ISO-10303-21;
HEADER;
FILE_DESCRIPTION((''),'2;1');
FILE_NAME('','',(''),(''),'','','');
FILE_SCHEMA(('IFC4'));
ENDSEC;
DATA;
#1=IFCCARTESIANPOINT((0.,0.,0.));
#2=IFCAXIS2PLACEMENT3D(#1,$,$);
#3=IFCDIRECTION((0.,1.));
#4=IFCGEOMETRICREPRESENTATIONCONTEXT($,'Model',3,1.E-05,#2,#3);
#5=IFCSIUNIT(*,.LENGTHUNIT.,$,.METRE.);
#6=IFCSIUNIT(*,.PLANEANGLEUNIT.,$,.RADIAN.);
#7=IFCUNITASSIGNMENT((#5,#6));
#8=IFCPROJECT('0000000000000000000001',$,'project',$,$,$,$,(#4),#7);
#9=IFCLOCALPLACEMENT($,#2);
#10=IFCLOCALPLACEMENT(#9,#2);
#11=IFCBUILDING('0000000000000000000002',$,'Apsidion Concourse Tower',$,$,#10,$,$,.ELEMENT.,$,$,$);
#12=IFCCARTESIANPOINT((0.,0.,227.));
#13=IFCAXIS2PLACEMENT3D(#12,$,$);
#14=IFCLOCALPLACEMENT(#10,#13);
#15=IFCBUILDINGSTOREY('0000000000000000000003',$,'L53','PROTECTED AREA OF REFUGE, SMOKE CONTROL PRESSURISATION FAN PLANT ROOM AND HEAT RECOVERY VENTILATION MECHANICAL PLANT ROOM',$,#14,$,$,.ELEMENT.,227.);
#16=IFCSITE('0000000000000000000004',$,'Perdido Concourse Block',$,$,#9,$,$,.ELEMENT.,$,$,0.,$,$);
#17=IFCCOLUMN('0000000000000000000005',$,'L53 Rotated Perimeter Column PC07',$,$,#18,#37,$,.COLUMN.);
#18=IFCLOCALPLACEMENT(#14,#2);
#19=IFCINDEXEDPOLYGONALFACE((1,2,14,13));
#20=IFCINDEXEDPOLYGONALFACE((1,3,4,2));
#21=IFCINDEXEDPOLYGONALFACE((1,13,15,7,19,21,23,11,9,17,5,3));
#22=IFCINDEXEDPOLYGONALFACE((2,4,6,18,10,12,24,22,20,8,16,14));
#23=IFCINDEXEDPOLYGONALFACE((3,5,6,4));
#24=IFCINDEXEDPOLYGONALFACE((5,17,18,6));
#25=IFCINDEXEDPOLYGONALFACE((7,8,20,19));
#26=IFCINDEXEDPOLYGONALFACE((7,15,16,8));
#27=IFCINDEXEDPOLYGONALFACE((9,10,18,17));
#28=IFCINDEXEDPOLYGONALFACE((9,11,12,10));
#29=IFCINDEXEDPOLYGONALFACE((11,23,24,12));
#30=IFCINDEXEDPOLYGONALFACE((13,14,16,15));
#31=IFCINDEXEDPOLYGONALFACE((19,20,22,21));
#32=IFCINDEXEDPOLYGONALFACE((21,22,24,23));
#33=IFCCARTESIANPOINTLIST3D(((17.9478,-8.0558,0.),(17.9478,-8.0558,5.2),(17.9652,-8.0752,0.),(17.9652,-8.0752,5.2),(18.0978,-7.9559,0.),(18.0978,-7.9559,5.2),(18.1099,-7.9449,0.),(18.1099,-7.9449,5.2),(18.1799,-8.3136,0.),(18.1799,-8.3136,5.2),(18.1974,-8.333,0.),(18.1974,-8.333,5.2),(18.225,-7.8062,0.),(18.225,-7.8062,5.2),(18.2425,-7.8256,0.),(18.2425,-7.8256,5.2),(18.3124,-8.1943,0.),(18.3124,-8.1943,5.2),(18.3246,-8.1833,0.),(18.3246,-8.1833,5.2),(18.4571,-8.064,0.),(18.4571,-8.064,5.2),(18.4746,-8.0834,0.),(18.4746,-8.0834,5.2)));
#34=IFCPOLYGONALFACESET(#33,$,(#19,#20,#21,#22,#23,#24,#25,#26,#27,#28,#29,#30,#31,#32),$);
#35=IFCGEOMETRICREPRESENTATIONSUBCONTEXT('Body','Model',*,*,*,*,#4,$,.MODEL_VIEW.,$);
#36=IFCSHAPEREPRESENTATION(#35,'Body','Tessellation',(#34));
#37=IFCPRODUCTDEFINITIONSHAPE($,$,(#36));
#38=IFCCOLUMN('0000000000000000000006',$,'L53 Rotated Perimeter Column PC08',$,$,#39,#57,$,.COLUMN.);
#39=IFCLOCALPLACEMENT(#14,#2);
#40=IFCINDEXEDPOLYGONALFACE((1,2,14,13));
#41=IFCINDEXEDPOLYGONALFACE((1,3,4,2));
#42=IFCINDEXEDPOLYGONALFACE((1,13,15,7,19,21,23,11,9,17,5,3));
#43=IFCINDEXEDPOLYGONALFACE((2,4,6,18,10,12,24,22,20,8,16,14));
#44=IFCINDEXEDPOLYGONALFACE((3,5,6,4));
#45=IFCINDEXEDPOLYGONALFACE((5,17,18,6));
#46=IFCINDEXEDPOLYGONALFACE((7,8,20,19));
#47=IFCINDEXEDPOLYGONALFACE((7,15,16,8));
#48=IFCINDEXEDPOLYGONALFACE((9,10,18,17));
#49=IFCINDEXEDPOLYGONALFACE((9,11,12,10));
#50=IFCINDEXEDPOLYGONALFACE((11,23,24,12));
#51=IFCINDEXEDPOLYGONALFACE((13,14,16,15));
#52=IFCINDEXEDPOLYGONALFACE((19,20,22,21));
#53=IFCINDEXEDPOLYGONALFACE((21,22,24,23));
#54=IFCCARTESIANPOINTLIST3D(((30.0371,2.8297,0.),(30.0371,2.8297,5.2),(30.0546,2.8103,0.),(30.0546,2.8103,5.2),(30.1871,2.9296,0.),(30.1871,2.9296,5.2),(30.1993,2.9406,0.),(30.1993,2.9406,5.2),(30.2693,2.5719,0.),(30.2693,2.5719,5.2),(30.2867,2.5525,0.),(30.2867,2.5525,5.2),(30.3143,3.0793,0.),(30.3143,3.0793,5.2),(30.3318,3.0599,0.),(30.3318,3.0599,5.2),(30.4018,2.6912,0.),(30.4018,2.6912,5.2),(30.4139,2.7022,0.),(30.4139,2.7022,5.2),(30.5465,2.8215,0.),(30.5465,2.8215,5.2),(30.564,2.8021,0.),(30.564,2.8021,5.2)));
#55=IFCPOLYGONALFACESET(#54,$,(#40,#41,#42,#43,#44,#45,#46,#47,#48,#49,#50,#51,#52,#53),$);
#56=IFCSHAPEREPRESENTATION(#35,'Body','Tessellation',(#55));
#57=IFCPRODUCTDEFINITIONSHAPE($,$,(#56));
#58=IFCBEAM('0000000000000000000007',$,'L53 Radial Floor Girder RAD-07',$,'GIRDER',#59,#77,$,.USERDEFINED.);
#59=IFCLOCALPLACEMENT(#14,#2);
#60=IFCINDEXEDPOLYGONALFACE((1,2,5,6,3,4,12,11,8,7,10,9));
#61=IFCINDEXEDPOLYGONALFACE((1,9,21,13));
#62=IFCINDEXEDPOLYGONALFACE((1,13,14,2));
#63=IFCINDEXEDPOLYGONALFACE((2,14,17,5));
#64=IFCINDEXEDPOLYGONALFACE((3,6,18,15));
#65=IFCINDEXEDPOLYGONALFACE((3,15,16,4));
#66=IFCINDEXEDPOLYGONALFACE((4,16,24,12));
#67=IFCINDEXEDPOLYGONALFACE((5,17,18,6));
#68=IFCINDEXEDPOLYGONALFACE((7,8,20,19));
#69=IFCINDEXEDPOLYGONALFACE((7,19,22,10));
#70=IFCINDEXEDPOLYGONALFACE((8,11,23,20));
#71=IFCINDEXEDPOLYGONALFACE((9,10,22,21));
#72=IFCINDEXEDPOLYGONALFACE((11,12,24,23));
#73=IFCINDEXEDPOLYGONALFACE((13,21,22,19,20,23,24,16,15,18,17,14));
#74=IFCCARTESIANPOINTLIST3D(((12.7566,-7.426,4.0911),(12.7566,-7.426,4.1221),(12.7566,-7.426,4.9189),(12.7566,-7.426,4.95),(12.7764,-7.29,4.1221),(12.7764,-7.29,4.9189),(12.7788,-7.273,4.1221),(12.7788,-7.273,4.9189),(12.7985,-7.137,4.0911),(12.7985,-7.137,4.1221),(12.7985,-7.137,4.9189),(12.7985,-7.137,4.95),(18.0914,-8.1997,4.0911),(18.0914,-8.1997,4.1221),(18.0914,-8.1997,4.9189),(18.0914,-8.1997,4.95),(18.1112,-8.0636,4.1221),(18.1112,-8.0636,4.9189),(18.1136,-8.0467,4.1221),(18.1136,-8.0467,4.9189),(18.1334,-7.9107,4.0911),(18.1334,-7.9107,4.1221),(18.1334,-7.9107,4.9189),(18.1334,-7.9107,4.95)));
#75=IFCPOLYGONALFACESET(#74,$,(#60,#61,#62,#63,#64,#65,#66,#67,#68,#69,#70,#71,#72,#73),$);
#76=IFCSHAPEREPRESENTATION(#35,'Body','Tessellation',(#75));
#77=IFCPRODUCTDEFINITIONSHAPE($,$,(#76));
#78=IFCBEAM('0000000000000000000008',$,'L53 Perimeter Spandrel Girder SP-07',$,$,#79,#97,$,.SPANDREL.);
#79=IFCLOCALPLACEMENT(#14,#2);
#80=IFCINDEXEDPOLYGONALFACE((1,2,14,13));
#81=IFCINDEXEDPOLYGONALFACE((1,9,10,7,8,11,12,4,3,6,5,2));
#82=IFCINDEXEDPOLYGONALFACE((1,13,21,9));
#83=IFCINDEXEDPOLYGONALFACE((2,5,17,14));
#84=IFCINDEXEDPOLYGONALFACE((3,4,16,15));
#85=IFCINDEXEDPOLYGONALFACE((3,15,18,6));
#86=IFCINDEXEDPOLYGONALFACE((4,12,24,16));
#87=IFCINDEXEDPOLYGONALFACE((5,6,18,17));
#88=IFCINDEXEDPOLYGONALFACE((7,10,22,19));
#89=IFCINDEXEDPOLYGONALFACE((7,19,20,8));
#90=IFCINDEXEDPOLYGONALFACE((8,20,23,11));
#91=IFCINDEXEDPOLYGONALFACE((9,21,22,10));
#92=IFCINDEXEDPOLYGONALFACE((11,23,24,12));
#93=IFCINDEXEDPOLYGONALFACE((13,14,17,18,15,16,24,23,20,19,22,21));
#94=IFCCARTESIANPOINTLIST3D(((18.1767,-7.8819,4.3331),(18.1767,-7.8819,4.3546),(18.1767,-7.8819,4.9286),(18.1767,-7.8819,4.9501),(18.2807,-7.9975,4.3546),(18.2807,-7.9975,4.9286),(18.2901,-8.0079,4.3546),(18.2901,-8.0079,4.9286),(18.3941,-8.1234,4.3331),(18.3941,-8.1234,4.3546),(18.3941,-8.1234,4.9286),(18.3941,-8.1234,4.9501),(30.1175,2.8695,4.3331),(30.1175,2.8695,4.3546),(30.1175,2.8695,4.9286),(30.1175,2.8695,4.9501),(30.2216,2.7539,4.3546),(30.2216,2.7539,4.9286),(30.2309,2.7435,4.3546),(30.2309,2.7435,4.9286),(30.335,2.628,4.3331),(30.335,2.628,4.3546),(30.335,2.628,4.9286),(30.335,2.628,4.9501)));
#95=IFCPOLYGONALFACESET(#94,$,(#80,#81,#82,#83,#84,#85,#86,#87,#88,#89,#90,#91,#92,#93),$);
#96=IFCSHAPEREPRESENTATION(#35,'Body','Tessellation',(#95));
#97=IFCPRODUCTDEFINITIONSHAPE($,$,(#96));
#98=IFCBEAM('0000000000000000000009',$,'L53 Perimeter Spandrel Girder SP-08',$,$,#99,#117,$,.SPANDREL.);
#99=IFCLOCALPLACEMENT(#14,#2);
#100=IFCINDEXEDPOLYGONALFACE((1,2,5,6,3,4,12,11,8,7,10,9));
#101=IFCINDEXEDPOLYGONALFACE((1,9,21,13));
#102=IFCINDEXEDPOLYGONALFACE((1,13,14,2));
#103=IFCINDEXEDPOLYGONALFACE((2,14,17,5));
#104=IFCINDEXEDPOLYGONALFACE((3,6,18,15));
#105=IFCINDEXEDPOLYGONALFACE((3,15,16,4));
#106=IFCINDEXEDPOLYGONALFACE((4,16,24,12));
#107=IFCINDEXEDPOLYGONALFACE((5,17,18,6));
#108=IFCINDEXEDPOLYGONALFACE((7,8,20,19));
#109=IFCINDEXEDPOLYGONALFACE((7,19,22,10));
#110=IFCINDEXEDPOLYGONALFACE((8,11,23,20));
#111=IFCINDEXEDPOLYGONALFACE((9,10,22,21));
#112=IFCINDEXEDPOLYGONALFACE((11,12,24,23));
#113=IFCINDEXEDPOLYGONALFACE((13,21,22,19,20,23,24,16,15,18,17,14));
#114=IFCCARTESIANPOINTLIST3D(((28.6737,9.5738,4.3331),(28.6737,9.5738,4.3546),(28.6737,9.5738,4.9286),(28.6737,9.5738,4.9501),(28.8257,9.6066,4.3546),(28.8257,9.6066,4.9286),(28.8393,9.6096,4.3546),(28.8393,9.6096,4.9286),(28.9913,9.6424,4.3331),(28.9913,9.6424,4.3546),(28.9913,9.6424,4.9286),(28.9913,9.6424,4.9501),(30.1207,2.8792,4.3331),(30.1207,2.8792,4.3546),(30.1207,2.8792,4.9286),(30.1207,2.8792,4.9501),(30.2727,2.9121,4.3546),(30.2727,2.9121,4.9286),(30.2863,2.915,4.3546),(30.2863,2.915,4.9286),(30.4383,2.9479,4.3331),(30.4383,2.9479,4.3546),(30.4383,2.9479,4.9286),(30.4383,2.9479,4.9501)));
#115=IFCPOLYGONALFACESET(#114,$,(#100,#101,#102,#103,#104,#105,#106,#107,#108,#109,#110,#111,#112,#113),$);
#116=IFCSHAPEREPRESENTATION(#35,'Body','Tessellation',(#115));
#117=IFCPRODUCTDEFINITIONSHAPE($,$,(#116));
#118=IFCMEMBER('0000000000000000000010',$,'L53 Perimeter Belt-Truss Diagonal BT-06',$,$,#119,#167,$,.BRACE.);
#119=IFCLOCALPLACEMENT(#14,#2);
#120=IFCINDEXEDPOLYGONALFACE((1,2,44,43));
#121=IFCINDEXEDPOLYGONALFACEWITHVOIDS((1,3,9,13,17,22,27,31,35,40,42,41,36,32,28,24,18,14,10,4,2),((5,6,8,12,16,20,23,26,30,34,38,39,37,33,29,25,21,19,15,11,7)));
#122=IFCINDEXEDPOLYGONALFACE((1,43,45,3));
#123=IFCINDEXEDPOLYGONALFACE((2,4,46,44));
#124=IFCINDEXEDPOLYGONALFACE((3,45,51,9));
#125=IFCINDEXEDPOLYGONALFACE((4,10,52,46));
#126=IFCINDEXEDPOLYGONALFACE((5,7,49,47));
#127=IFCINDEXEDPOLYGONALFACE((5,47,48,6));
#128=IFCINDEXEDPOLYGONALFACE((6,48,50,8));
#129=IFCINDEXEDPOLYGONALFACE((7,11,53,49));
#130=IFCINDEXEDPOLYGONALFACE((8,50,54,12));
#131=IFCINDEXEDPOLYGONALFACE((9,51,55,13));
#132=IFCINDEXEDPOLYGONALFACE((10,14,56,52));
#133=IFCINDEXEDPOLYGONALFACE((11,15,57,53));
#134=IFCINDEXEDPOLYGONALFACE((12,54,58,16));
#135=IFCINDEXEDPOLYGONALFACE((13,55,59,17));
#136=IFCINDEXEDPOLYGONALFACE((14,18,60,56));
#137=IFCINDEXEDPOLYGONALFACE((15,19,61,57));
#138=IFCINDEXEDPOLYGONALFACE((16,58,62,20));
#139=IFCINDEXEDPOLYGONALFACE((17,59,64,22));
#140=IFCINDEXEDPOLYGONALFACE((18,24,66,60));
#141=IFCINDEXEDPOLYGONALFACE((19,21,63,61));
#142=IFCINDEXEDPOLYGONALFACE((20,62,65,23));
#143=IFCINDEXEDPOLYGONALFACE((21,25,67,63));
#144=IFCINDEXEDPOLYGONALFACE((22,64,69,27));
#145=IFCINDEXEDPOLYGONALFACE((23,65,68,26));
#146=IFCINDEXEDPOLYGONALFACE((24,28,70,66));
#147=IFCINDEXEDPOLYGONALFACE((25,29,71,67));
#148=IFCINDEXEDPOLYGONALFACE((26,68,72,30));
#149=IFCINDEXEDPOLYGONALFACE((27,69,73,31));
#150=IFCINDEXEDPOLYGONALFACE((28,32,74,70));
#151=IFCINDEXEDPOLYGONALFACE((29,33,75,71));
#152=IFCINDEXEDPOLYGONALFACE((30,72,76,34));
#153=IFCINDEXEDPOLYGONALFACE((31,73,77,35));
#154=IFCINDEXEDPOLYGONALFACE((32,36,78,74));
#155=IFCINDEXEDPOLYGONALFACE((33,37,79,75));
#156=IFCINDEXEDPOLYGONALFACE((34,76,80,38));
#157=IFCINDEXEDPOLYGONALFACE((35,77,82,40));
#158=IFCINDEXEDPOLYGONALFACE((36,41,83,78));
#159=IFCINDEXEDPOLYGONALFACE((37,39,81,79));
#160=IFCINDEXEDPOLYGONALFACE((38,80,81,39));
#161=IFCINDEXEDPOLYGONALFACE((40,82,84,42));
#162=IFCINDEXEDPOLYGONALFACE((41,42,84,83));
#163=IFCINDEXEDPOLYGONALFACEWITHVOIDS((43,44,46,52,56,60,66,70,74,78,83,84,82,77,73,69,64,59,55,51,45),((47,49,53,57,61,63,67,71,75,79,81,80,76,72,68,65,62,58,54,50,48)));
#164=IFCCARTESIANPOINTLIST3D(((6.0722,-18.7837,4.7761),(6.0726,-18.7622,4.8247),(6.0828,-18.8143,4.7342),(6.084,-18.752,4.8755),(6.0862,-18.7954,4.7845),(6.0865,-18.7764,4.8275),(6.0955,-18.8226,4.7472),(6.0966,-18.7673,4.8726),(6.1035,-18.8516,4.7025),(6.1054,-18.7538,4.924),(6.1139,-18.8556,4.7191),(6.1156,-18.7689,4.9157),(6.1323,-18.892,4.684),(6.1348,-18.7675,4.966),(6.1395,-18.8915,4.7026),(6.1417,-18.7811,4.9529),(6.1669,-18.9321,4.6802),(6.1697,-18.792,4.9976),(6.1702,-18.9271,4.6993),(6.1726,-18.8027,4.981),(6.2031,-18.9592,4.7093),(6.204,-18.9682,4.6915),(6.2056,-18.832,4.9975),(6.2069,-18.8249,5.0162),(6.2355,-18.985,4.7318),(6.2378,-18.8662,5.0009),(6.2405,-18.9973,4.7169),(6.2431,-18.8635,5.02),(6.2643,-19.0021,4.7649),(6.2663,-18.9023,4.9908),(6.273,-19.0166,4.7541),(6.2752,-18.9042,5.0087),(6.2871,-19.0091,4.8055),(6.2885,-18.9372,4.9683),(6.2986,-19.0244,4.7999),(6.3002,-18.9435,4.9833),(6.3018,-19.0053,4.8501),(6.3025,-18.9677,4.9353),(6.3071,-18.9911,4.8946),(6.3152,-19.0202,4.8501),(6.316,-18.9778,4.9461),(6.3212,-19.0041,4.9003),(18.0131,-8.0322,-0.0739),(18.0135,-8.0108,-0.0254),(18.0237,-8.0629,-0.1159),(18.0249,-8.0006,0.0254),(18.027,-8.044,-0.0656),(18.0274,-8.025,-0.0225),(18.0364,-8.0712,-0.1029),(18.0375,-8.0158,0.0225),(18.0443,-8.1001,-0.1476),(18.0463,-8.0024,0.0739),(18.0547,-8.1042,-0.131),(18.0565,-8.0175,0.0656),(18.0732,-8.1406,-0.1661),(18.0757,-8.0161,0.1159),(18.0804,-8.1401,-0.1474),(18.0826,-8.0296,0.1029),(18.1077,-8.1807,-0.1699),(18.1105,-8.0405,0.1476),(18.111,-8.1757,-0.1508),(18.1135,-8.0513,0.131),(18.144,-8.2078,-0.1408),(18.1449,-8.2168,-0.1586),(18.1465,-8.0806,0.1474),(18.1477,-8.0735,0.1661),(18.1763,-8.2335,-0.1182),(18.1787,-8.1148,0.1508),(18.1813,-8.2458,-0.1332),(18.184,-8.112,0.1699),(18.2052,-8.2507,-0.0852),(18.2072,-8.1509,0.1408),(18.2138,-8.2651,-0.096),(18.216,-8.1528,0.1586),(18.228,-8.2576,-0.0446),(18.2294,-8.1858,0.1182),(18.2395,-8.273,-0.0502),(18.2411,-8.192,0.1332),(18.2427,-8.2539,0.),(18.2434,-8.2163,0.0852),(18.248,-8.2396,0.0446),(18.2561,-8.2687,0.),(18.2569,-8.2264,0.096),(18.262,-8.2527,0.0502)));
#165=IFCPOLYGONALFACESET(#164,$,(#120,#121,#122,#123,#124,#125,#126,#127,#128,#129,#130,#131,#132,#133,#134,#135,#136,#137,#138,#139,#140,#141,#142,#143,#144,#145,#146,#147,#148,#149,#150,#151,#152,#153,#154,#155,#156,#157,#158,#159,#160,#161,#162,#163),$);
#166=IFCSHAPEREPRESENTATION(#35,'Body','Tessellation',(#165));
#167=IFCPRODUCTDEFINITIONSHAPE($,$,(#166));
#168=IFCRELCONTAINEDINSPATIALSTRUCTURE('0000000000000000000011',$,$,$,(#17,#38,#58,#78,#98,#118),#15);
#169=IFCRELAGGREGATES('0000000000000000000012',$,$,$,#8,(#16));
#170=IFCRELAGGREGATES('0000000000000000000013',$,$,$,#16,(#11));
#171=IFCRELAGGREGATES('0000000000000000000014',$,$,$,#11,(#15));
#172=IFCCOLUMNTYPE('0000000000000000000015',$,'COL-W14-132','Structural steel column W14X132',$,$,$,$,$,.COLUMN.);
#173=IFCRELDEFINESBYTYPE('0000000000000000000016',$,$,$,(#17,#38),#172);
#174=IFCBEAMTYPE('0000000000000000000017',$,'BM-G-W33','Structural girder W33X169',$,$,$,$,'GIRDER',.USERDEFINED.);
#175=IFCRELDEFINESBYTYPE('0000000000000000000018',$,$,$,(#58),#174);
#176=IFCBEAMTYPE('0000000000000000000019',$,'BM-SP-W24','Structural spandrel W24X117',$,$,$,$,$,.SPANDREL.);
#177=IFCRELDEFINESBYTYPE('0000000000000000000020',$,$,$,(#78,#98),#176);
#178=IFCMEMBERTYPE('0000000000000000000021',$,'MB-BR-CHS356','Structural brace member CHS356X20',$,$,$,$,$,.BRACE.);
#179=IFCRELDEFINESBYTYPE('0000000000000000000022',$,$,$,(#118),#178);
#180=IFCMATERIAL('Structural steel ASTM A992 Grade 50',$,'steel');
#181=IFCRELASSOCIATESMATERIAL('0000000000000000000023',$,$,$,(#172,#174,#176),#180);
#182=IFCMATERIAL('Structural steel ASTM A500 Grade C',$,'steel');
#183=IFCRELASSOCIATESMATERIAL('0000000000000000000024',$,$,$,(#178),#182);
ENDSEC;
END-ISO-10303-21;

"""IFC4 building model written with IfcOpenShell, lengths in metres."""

from ifc_helpers import new_model, si_unit, direction, frame, origin, origin_2d, place, context, subcontext, project, spatial, hollow_circle, i_section, extrude, material, material_profile, profile_set, type_object, element, save


model = new_model("IFC4")

# Units and contexts
model_context = context("Model", 3, precision=1e-05, world=origin(), true_north=direction((0.0, 1.0)))
body_context = subcontext(model_context, "Body", "Model", "MODEL_VIEW")
ifc_project = project(units=[si_unit("LENGTHUNIT", "METRE"), si_unit("PLANEANGLEUNIT", "RADIAN")], contexts=[model_context])

# Site, building, storey
site_placement = place(None, origin())
site = spatial("IfcSite", under=ifc_project, at=site_placement, Name="Perdido Concourse Block", CompositionType="ELEMENT", RefElevation=0.0)
building_placement = place(site_placement, origin())
building = spatial("IfcBuilding", under=site, at=building_placement, Name="Apsidion Concourse Tower", CompositionType="ELEMENT")
storey_placement = place(building_placement, frame((0.0, 0.0, 227.0)))
storey = spatial("IfcBuildingStorey", under=building, at=storey_placement, Name="L53", Description="PROTECTED AREA OF REFUGE, SMOKE CONTROL PRESSURISATION FAN PLANT ROOM AND HEAT RECOVERY VENTILATION MECHANICAL PLANT ROOM", CompositionType="ELEMENT", Elevation=227.0)

# Columns
ifc_material_1 = material(Name="Structural steel ASTM A992 Grade 50", Category="steel")
ifc_material_profile_1 = material_profile(ifc_material_1, i_section(OverallWidth=0.373, OverallDepth=0.373, WebThickness=0.0164, FlangeThickness=0.0261, at=origin_2d()), Name="W14X132")
ifc_profile_set_1 = profile_set([ifc_material_profile_1], Name="Structural steel ASTM A992 Grade 50")
column_type = type_object("IfcColumnType", Name="COL-W14-132", Description="Structural steel column W14X132", PredefinedType="COLUMN", material=ifc_profile_set_1)
for number, where, z_axis, x_axis, name in (
    (1, (18.2112, -8.0696, 0.0), (0.0, 0.0, 1.0), (0.743145, 0.669131, 0.0), "L53 Rotated Perimeter Column PC07"),
    (2, (30.3005, 2.8159, 0.0), (0.0, 0.0, 1.0), (0.743145, 0.669131, 0.0), "L53 Rotated Perimeter Column PC08"),
):
    element("IfcColumn", number, at=place(storey_placement, frame(where, z_axis=z_axis, x_axis=x_axis)), inside=storey, type_object=column_type, Name=name, PredefinedType="COLUMN", context=body_context, shape_type="SweptSolid", body=[
        extrude(i_section(OverallWidth=0.373, OverallDepth=0.373, WebThickness=0.0164, FlangeThickness=0.0261, at=origin_2d()), origin(), (0.0, 0.0, 1.0), 5.2),
    ])

# Beams
ifc_material_profile_2 = material_profile(ifc_material_1, i_section(OverallWidth=0.292, OverallDepth=0.8589, WebThickness=0.0171, FlangeThickness=0.031, at=origin_2d()), Name="W33X169")
ifc_profile_set_2 = profile_set([ifc_material_profile_2], Name="Structural steel ASTM A992 Grade 50")
beam_type_1 = type_object("IfcBeamType", Name="BM-G-W33", Description="Structural girder W33X169", ElementType="GIRDER", PredefinedType="USERDEFINED", material=ifc_profile_set_2)
beam_1_placement = place(storey_placement, frame((12.7776, -7.2815, 4.5205), z_axis=(0.989647, -0.143526, 0.0), x_axis=(0.143526, 0.989647, 0.0)))
element("IfcBeam", 3, at=beam_1_placement, inside=storey, type_object=beam_type_1, Name="L53 Radial Floor Girder RAD-07", ObjectType="GIRDER", PredefinedType="USERDEFINED", context=body_context, shape_type="SweptSolid", body=[
    extrude(i_section(OverallWidth=0.292, OverallDepth=0.8589, WebThickness=0.0171, FlangeThickness=0.031, at=origin_2d()), origin(), (0.0, 0.0, 1.0), 5.3906),
])
ifc_material_profile_3 = material_profile(ifc_material_1, i_section(OverallWidth=0.325, OverallDepth=0.6169, WebThickness=0.0139, FlangeThickness=0.0215, at=origin_2d()), Name="W24X117")
ifc_profile_set_3 = profile_set([ifc_material_profile_3], Name="Structural steel ASTM A992 Grade 50")
beam_type_2 = type_object("IfcBeamType", Name="BM-SP-W24", Description="Structural spandrel W24X117", PredefinedType="SPANDREL", material=ifc_profile_set_3)
beam_2_placement = place(storey_placement, frame((18.2854, -8.0027, 4.6416), z_axis=(0.743151, 0.669124, 0.0), x_axis=(-0.669124, 0.743151, 0.0)))
element("IfcBeam", 4, at=beam_2_placement, inside=storey, type_object=beam_type_2, Name="L53 Perimeter Spandrel Girder SP-07", PredefinedType="SPANDREL", context=body_context, shape_type="SweptSolid", body=[
    extrude(i_section(OverallWidth=0.325, OverallDepth=0.6169, WebThickness=0.0139, FlangeThickness=0.0215, at=origin_2d()), origin(), (0.0, 0.0, 1.0), 16.0679),
])
beam_3_placement = place(storey_placement, frame((30.2795, 2.9136, 4.6416), z_axis=(-0.211269, 0.977428, 0.0), x_axis=(-0.977428, -0.211269, 0.0)))
element("IfcBeam", 5, at=beam_3_placement, inside=storey, type_object=beam_type_2, Name="L53 Perimeter Spandrel Girder SP-08", PredefinedType="SPANDREL", context=body_context, shape_type="SweptSolid", body=[
    extrude(i_section(OverallWidth=0.325, OverallDepth=0.6169, WebThickness=0.0139, FlangeThickness=0.0215, at=origin_2d()), origin(), (0.0, 0.0, 1.0), 6.8491),
])

# Member
ifc_material_2 = material(Name="Structural steel ASTM A500 Grade C", Category="steel")
ifc_material_profile_4 = material_profile(ifc_material_2, hollow_circle(Radius=0.178, WallThickness=0.02, at=origin_2d()), Name="CHS356X20")
ifc_profile_set_4 = profile_set([ifc_material_profile_4], Name="Structural steel ASTM A500 Grade C")
member_type_1 = type_object("IfcMemberType", Name="MB-BR-CHS356", Description="Structural brace member CHS356X20", PredefinedType="BRACE", material=ifc_profile_set_4)
for number, where, z_axis, x_axis, name in (
    (6, (18.137, -8.1365, 0.0), (-0.711446, -0.640578, 0.288971), (0.669124, -0.743151, 0.0), "L53 Perimeter Belt-Truss Diagonal BT-06"),
):
    element("IfcMember", number, at=place(storey_placement, frame(where, z_axis=z_axis, x_axis=x_axis)), inside=storey, type_object=member_type_1, Name=name, PredefinedType="BRACE", context=body_context, shape_type="SweptSolid", body=[
        extrude(hollow_circle(Radius=0.178, WallThickness=0.02, at=origin_2d()), origin(), (0.0, 0.0, 1.0), 16.7839),
    ])

save(model, "model.ifc")
